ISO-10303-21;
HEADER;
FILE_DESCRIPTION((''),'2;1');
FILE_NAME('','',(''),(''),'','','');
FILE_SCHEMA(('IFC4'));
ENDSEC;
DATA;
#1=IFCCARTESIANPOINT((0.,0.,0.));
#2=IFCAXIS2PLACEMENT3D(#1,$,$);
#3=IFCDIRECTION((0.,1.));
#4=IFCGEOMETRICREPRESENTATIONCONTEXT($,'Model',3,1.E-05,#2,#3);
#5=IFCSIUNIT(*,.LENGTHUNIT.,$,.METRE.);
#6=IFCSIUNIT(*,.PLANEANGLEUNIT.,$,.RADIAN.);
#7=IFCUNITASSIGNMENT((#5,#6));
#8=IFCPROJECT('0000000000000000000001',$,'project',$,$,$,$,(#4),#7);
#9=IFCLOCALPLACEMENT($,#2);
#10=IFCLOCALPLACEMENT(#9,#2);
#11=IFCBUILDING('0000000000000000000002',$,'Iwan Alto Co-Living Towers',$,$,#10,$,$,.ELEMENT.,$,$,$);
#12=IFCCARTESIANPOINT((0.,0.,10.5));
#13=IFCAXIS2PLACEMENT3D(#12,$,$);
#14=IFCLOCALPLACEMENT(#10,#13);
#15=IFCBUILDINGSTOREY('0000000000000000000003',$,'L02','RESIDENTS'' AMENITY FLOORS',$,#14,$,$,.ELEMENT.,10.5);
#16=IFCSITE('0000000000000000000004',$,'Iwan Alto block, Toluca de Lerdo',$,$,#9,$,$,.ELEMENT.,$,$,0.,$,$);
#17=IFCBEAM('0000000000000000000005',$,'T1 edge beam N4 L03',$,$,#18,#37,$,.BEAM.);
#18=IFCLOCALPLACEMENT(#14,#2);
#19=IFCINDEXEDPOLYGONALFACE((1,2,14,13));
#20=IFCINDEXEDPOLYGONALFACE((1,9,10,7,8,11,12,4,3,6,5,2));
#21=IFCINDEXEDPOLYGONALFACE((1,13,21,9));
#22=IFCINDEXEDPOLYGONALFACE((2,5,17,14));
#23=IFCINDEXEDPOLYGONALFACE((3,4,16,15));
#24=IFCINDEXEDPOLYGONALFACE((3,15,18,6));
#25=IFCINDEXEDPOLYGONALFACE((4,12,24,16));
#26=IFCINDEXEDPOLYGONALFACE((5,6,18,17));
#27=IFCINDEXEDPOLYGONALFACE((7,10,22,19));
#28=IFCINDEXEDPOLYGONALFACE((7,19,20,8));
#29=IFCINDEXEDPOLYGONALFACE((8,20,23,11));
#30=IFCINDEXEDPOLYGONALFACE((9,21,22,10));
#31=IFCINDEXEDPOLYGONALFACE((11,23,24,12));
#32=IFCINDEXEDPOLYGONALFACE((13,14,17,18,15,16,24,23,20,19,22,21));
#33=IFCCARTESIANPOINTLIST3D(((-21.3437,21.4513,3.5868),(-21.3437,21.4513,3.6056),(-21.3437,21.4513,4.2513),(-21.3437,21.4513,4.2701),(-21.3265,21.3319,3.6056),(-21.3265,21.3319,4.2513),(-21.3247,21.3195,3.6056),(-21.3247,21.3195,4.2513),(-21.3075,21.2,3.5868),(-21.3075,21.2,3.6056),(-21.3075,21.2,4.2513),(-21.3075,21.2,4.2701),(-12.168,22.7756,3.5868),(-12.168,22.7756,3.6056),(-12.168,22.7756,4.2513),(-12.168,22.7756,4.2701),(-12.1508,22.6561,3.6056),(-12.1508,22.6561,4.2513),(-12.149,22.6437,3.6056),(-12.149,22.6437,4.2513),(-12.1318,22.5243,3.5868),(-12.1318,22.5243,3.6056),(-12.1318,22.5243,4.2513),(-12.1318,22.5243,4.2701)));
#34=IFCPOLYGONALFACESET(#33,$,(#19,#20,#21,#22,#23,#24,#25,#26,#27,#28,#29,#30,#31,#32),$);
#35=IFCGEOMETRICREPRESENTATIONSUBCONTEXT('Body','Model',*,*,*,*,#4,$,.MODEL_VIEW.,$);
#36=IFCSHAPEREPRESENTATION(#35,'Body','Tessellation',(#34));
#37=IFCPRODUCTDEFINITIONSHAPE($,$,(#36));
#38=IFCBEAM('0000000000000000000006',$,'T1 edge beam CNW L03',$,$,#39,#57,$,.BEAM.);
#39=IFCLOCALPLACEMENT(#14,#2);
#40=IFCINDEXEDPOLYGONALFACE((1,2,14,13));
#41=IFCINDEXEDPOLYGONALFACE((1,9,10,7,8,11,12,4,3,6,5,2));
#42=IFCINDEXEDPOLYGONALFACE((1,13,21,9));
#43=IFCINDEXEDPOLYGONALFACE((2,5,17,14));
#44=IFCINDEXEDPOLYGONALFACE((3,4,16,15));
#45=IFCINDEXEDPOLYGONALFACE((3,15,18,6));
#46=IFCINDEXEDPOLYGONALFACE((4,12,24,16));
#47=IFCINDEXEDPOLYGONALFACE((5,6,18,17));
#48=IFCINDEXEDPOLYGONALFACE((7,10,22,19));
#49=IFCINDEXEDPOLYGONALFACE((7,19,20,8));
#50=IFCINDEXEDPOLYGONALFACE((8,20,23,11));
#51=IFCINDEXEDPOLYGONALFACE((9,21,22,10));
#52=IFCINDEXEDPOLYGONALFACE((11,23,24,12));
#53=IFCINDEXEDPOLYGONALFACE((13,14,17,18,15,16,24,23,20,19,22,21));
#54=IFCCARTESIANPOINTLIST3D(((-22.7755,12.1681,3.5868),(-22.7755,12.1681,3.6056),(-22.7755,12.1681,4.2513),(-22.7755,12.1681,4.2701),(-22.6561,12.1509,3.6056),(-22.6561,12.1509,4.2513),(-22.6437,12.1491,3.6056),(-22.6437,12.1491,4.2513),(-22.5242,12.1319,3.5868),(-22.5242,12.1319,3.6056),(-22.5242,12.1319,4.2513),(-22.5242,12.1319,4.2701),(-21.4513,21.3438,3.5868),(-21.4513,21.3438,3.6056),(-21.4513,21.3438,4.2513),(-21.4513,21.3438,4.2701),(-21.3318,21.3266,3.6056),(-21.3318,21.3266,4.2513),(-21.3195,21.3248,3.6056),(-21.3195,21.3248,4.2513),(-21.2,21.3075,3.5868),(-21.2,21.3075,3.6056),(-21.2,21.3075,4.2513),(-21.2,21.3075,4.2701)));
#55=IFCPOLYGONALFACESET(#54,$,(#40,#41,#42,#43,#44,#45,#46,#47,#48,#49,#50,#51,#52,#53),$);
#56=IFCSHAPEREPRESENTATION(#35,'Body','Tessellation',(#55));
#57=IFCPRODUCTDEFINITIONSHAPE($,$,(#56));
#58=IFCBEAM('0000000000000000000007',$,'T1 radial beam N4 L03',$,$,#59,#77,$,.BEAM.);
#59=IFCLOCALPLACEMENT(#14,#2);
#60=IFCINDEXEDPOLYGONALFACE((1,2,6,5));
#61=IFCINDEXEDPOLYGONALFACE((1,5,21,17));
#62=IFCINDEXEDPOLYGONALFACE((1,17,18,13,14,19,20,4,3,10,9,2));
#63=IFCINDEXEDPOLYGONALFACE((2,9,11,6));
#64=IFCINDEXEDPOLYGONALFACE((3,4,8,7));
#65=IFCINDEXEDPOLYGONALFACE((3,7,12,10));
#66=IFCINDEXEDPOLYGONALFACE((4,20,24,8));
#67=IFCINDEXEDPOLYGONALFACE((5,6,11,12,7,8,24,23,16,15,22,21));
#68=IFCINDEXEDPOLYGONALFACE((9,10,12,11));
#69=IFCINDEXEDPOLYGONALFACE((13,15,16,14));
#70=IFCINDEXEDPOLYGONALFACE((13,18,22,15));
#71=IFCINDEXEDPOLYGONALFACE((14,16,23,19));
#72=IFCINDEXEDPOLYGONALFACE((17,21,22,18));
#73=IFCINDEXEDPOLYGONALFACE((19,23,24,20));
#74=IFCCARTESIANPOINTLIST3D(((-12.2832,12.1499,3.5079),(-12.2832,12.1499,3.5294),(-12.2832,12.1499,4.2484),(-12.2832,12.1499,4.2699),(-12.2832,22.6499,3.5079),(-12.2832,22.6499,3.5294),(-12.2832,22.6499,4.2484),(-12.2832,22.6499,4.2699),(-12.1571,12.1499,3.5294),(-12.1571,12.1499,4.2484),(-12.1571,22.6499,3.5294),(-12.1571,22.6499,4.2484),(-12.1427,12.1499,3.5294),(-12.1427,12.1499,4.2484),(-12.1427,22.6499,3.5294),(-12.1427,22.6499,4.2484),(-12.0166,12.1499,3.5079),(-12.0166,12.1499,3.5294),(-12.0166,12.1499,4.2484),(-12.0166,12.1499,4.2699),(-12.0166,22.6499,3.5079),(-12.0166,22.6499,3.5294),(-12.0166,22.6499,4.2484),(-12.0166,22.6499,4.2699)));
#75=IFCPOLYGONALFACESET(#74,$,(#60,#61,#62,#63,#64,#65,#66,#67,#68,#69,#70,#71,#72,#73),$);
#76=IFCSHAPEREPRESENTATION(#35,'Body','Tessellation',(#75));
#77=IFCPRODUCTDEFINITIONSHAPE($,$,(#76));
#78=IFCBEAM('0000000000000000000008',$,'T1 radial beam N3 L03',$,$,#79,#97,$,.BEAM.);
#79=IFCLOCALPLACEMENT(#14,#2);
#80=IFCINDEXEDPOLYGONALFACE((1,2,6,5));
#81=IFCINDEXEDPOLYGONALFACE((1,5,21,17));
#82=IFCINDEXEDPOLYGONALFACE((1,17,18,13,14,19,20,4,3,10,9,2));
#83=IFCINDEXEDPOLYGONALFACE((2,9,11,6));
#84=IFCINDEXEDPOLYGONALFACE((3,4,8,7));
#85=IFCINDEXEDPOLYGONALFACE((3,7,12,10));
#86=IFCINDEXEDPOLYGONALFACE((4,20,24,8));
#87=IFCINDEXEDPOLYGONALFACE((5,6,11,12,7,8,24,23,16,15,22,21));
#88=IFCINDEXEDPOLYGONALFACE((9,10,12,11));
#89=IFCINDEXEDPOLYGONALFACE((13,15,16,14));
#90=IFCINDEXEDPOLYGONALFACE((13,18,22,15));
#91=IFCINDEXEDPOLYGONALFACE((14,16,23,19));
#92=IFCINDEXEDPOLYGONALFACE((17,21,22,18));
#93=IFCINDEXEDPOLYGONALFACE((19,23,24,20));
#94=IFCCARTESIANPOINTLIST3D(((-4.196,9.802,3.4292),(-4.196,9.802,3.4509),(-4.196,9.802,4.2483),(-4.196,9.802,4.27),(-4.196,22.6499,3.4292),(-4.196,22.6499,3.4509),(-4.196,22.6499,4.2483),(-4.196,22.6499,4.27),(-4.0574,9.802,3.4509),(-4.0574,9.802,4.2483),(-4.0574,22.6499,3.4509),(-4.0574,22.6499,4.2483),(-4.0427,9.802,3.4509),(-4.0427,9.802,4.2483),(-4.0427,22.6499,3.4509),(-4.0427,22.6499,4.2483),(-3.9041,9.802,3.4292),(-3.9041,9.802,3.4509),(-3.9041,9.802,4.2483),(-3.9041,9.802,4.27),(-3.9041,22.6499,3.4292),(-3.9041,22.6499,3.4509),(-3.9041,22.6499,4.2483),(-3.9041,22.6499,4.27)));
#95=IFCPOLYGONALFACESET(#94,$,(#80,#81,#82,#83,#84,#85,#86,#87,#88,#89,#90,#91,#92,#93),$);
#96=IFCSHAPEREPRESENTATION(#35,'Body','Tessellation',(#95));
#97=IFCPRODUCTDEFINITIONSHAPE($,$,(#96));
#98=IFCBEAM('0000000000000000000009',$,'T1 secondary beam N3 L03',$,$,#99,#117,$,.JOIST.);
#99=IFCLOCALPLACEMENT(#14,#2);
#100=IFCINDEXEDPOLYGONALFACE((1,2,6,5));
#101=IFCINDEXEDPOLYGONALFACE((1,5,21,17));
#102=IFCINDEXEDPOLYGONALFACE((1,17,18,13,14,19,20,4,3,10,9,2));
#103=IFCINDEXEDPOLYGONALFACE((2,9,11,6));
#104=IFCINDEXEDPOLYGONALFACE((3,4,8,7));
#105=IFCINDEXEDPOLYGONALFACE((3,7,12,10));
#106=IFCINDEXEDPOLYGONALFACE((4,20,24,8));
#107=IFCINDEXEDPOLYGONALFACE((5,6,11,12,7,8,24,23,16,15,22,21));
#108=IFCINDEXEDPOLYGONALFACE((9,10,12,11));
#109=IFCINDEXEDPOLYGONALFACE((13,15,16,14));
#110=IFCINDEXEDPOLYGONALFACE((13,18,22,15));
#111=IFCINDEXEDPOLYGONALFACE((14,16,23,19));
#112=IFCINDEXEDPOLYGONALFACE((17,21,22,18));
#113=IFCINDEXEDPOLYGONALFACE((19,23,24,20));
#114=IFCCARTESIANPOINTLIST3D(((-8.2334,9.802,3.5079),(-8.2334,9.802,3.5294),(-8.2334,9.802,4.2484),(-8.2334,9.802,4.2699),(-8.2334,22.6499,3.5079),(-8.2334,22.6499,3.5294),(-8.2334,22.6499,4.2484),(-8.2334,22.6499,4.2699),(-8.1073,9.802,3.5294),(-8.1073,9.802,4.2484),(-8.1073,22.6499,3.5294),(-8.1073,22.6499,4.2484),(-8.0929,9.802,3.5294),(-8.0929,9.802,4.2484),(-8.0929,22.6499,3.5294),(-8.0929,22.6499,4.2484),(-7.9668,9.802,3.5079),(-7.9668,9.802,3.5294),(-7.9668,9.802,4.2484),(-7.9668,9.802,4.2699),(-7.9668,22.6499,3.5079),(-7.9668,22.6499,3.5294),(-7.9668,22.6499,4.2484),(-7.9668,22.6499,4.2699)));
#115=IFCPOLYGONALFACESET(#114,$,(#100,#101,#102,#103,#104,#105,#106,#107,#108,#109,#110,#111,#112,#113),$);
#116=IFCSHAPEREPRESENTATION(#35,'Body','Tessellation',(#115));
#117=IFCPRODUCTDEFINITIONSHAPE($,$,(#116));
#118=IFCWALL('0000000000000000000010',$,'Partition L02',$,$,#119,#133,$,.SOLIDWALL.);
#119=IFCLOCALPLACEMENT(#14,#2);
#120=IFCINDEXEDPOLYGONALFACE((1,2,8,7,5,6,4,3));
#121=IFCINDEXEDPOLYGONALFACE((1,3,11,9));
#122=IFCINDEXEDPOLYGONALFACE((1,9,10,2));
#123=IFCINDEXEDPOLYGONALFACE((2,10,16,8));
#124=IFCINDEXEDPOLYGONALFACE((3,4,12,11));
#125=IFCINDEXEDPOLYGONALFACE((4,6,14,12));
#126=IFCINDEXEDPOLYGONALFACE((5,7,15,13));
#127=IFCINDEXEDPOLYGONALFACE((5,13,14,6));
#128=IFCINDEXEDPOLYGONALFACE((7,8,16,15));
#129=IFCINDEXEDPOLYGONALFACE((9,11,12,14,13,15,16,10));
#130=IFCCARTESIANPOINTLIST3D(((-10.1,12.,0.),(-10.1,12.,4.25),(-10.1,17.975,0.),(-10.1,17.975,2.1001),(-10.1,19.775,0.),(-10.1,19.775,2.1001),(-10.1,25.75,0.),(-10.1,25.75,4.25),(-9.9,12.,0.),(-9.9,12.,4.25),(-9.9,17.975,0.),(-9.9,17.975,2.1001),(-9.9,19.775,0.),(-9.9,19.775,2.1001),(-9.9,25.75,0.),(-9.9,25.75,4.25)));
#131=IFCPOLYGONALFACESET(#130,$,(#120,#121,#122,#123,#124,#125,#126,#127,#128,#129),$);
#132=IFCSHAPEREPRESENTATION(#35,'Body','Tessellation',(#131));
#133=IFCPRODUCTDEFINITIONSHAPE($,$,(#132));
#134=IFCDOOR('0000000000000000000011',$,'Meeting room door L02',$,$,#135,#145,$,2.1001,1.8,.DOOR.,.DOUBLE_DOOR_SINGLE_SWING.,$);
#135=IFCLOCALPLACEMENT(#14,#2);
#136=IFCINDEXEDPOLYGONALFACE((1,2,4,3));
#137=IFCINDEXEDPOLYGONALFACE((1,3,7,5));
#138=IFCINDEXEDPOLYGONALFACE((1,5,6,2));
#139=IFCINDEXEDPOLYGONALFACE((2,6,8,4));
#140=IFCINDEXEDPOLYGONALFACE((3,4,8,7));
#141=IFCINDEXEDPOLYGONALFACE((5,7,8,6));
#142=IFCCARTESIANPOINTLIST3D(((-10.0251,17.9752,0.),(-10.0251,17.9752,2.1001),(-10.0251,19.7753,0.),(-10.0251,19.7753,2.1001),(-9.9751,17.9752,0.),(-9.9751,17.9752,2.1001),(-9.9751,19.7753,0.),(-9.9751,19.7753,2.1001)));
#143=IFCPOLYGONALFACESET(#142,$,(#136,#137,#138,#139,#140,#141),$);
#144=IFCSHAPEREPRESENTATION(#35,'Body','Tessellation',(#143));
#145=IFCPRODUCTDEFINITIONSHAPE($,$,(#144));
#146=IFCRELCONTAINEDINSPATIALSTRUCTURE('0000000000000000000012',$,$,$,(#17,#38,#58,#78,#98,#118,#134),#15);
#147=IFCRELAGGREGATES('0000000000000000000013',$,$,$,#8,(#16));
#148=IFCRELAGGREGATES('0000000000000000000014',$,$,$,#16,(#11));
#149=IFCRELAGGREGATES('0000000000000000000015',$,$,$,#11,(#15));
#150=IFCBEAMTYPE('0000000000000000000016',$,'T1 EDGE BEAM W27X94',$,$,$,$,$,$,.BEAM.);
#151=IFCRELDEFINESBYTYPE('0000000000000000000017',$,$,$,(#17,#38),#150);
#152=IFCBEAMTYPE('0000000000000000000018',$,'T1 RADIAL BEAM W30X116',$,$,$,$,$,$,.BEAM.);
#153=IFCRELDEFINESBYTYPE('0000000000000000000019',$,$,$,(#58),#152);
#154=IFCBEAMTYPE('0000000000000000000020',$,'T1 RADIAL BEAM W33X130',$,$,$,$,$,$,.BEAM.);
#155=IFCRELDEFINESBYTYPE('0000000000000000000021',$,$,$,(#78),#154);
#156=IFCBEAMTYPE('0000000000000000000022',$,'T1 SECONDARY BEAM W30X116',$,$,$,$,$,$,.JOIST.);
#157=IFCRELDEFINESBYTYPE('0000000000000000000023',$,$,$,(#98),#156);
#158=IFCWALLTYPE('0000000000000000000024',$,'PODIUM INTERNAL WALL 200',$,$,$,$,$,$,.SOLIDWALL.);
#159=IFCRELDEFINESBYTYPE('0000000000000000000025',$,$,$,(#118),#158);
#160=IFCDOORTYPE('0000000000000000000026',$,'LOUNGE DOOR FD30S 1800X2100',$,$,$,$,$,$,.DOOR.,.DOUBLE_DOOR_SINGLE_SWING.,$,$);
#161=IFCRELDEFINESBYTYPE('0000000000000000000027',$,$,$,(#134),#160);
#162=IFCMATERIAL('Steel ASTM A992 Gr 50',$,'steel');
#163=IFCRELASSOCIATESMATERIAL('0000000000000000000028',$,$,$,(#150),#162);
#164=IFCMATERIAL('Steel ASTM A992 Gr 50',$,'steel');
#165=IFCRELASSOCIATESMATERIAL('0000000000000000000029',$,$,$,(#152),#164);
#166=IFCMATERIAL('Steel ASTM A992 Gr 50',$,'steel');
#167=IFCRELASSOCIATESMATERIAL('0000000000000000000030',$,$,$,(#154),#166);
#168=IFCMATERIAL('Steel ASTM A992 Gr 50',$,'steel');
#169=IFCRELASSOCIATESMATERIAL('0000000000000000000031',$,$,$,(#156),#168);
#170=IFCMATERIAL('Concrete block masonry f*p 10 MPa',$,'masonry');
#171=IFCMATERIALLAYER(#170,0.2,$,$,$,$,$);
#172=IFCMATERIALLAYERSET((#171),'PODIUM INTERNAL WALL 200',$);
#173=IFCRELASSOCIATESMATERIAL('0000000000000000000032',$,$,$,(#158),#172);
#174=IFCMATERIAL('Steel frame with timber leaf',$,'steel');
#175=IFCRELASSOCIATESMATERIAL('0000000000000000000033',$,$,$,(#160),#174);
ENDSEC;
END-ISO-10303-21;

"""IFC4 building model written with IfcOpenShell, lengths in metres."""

from ifc_helpers import new_model, si_unit, direction, frame, frame_2d, origin, origin_2d, place, context, subcontext, project, spatial, rectangle, i_section, extrude, material, layer, layer_set, material_profile, profile_set, type_object, element, fill, save


model = new_model("IFC4")

# Units and contexts
model_context = context("Model", 3, precision=1e-05, world=origin(), true_north=direction((0.0, 1.0)))
body_context = subcontext(model_context, "Body", "Model", "MODEL_VIEW")
ifc_project = project(units=[si_unit("LENGTHUNIT", "METRE"), si_unit("PLANEANGLEUNIT", "RADIAN")], contexts=[model_context])

# Site, building, storey
site_placement = place(None, origin())
site = spatial("IfcSite", under=ifc_project, at=site_placement, Name="Iwan Alto block, Toluca de Lerdo", CompositionType="ELEMENT", RefElevation=0.0)
building_placement = place(site_placement, origin())
building = spatial("IfcBuilding", under=site, at=building_placement, Name="Iwan Alto Co-Living Towers", CompositionType="ELEMENT")
storey_placement = place(building_placement, frame((0.0, 0.0, 10.5)))
storey = spatial("IfcBuildingStorey", under=building, at=storey_placement, Name="L02", Description="RESIDENTS' AMENITY FLOORS", CompositionType="ELEMENT", Elevation=10.5)

# Beams
ifc_material_1 = material(Name="Steel ASTM A992 Gr 50", Category="steel")
ifc_material_profile_1 = material_profile(ifc_material_1, i_section(OverallWidth=0.2539, OverallDepth=0.6833, WebThickness=0.0125, FlangeThickness=0.0188, at=origin_2d()), Name="W27X94")
ifc_profile_set_1 = profile_set([ifc_material_profile_1], Name="Steel ASTM A992 Gr 50")
beam_type_1 = type_object("IfcBeamType", Name="T1 EDGE BEAM W27X94", PredefinedType="BEAM", material=ifc_profile_set_1)
for number, where, z_axis, x_axis, name in (
    (1, (-12.1499, 22.6499, 3.9285), (-0.989746, -0.142837, 0.0), (0.142837, -0.989746, 0.0), "T1 edge beam N4 L03"),
    (2, (-21.3257, 21.3257, 3.9285), (-0.142837, -0.989746, 0.0), (0.989746, -0.142837, 0.0), "T1 edge beam CNW L03"),
):
    element("IfcBeam", number, at=place(storey_placement, frame(where, z_axis=z_axis, x_axis=x_axis)), inside=storey, type_object=beam_type_1, Name=name, PredefinedType="BEAM", context=body_context, shape_type="SweptSolid", body=[
        extrude(i_section(OverallWidth=0.2539, OverallDepth=0.6833, WebThickness=0.0125, FlangeThickness=0.0188, at=origin_2d()), origin(), (0.0, 0.0, 1.0), 9.2708),
    ])
ifc_material_2 = material(Name="Steel ASTM A992 Gr 50", Category="steel")
ifc_material_profile_2 = material_profile(ifc_material_2, i_section(OverallWidth=0.2666, OverallDepth=0.762, WebThickness=0.0144, FlangeThickness=0.0215, at=origin_2d()), Name="W30X116")
ifc_profile_set_2 = profile_set([ifc_material_profile_2], Name="Steel ASTM A992 Gr 50")
beam_type_2 = type_object("IfcBeamType", Name="T1 RADIAL BEAM W30X116", PredefinedType="BEAM", material=ifc_profile_set_2)
beam_1_placement = place(storey_placement, frame((-12.1499, 22.6499, 3.8889), z_axis=(0.0, -1.0, 0.0), x_axis=(1.0, 0.0, 0.0)))
element("IfcBeam", 3, at=beam_1_placement, inside=storey, type_object=beam_type_2, Name="T1 radial beam N4 L03", PredefinedType="BEAM", context=body_context, shape_type="SweptSolid", body=[
    extrude(i_section(OverallWidth=0.2666, OverallDepth=0.762, WebThickness=0.0144, FlangeThickness=0.0215, at=origin_2d()), origin(), (0.0, 0.0, 1.0), 10.5),
])
ifc_material_3 = material(Name="Steel ASTM A992 Gr 50", Category="steel")
ifc_material_profile_3 = material_profile(ifc_material_3, i_section(OverallWidth=0.292, OverallDepth=0.8408, WebThickness=0.0146, FlangeThickness=0.0217, at=origin_2d()), Name="W33X130")
ifc_profile_set_3 = profile_set([ifc_material_profile_3], Name="Steel ASTM A992 Gr 50")
beam_type_3 = type_object("IfcBeamType", Name="T1 RADIAL BEAM W33X130", PredefinedType="BEAM", material=ifc_profile_set_3)
beam_2_placement = place(storey_placement, frame((-4.05, 22.6499, 3.8496), z_axis=(0.0, -1.0, 0.0), x_axis=(1.0, 0.0, 0.0)))
element("IfcBeam", 4, at=beam_2_placement, inside=storey, type_object=beam_type_3, Name="T1 radial beam N3 L03", PredefinedType="BEAM", context=body_context, shape_type="SweptSolid", body=[
    extrude(i_section(OverallWidth=0.292, OverallDepth=0.8408, WebThickness=0.0146, FlangeThickness=0.0217, at=origin_2d()), origin(), (0.0, 0.0, 1.0), 12.8479),
])
ifc_material_4 = material(Name="Steel ASTM A992 Gr 50", Category="steel")
ifc_material_profile_4 = material_profile(ifc_material_4, i_section(OverallWidth=0.2666, OverallDepth=0.762, WebThickness=0.0144, FlangeThickness=0.0215, at=origin_2d()), Name="W30X116")
ifc_profile_set_4 = profile_set([ifc_material_profile_4], Name="Steel ASTM A992 Gr 50")
beam_type_4 = type_object("IfcBeamType", Name="T1 SECONDARY BEAM W30X116", PredefinedType="JOIST", material=ifc_profile_set_4)
beam_3_placement = place(storey_placement, frame((-8.1001, 22.6499, 3.8889), z_axis=(0.0, -1.0, 0.0), x_axis=(1.0, 0.0, 0.0)))
element("IfcBeam", 5, at=beam_3_placement, inside=storey, type_object=beam_type_4, Name="T1 secondary beam N3 L03", PredefinedType="JOIST", context=body_context, shape_type="SweptSolid", body=[
    extrude(i_section(OverallWidth=0.2666, OverallDepth=0.762, WebThickness=0.0144, FlangeThickness=0.0215, at=origin_2d()), origin(), (0.0, 0.0, 1.0), 12.8479),
])

# Wall, opening, door
ifc_material_5 = material(Name="Concrete block masonry f*p 10 MPa", Category="masonry")
ifc_layer_1 = layer(ifc_material_5, 0.2)
ifc_layer_set_1 = layer_set([ifc_layer_1], Name="PODIUM INTERNAL WALL 200")
wall_type_1 = type_object("IfcWallType", Name="PODIUM INTERNAL WALL 200", PredefinedType="SOLIDWALL", material=ifc_layer_set_1)
wall_1_placement = place(storey_placement, frame((-10.0, 12.0, 0.0), z_axis=(0.0, 0.0, 1.0), x_axis=(0.0, 1.0, 0.0)))
wall_1 = element("IfcWall", 6, at=wall_1_placement, inside=storey, type_object=wall_type_1, Name="Partition L02", PredefinedType="SOLIDWALL", context=body_context, shape_type="SweptSolid", body=[
    extrude(rectangle(XDim=13.75, YDim=0.2, at=frame_2d((6.875, 0.0))), origin(), (0.0, 0.0, 1.0), 4.25),
])
opening_1_placement = place(wall_1_placement, frame((5.9751, 0.0, 0.0)))
opening_1 = element("IfcOpeningElement", 7, at=opening_1_placement, cuts=wall_1, PredefinedType="OPENING", context=body_context, shape_type="SweptSolid", body=[
    extrude(rectangle(XDim=1.8, YDim=2.1001, at=frame_2d((0.8999, 1.05))), frame((0.0, 0.1099, 0.0), z_axis=(0.0, -1.0, 0.0), x_axis=(1.0, 0.0, 0.0)), (0.0, 0.0, 1.0), 0.22),
])
ifc_material_6 = material(Name="Steel frame with timber leaf", Category="steel")
door_type_1 = type_object("IfcDoorType", Name="LOUNGE DOOR FD30S 1800X2100", OperationType="DOUBLE_DOOR_SINGLE_SWING", PredefinedType="DOOR", material=ifc_material_6)
door_1_placement = place(opening_1_placement, frame((1.8, 0.0, 0.0), z_axis=(0.0, 0.0, 1.0), x_axis=(-1.0, 0.0, 0.0)))
door_1 = element("IfcDoor", 8, at=door_1_placement, inside=storey, type_object=door_type_1, Name="Meeting room door L02", OperationType="DOUBLE_DOOR_SINGLE_SWING", OverallHeight=2.1001, OverallWidth=1.8, PredefinedType="DOOR", context=body_context, shape_type="SweptSolid", body=[
    extrude(rectangle(XDim=1.8, YDim=2.1001, at=frame_2d((0.8999, 1.05))), frame((0.0, 0.0249, 0.0), z_axis=(0.0, -1.0, 0.0), x_axis=(1.0, 0.0, 0.0)), (0.0, 0.0, 1.0), 0.05),
])
fill(opening_1, door_1)

save(model, "model.ifc")
